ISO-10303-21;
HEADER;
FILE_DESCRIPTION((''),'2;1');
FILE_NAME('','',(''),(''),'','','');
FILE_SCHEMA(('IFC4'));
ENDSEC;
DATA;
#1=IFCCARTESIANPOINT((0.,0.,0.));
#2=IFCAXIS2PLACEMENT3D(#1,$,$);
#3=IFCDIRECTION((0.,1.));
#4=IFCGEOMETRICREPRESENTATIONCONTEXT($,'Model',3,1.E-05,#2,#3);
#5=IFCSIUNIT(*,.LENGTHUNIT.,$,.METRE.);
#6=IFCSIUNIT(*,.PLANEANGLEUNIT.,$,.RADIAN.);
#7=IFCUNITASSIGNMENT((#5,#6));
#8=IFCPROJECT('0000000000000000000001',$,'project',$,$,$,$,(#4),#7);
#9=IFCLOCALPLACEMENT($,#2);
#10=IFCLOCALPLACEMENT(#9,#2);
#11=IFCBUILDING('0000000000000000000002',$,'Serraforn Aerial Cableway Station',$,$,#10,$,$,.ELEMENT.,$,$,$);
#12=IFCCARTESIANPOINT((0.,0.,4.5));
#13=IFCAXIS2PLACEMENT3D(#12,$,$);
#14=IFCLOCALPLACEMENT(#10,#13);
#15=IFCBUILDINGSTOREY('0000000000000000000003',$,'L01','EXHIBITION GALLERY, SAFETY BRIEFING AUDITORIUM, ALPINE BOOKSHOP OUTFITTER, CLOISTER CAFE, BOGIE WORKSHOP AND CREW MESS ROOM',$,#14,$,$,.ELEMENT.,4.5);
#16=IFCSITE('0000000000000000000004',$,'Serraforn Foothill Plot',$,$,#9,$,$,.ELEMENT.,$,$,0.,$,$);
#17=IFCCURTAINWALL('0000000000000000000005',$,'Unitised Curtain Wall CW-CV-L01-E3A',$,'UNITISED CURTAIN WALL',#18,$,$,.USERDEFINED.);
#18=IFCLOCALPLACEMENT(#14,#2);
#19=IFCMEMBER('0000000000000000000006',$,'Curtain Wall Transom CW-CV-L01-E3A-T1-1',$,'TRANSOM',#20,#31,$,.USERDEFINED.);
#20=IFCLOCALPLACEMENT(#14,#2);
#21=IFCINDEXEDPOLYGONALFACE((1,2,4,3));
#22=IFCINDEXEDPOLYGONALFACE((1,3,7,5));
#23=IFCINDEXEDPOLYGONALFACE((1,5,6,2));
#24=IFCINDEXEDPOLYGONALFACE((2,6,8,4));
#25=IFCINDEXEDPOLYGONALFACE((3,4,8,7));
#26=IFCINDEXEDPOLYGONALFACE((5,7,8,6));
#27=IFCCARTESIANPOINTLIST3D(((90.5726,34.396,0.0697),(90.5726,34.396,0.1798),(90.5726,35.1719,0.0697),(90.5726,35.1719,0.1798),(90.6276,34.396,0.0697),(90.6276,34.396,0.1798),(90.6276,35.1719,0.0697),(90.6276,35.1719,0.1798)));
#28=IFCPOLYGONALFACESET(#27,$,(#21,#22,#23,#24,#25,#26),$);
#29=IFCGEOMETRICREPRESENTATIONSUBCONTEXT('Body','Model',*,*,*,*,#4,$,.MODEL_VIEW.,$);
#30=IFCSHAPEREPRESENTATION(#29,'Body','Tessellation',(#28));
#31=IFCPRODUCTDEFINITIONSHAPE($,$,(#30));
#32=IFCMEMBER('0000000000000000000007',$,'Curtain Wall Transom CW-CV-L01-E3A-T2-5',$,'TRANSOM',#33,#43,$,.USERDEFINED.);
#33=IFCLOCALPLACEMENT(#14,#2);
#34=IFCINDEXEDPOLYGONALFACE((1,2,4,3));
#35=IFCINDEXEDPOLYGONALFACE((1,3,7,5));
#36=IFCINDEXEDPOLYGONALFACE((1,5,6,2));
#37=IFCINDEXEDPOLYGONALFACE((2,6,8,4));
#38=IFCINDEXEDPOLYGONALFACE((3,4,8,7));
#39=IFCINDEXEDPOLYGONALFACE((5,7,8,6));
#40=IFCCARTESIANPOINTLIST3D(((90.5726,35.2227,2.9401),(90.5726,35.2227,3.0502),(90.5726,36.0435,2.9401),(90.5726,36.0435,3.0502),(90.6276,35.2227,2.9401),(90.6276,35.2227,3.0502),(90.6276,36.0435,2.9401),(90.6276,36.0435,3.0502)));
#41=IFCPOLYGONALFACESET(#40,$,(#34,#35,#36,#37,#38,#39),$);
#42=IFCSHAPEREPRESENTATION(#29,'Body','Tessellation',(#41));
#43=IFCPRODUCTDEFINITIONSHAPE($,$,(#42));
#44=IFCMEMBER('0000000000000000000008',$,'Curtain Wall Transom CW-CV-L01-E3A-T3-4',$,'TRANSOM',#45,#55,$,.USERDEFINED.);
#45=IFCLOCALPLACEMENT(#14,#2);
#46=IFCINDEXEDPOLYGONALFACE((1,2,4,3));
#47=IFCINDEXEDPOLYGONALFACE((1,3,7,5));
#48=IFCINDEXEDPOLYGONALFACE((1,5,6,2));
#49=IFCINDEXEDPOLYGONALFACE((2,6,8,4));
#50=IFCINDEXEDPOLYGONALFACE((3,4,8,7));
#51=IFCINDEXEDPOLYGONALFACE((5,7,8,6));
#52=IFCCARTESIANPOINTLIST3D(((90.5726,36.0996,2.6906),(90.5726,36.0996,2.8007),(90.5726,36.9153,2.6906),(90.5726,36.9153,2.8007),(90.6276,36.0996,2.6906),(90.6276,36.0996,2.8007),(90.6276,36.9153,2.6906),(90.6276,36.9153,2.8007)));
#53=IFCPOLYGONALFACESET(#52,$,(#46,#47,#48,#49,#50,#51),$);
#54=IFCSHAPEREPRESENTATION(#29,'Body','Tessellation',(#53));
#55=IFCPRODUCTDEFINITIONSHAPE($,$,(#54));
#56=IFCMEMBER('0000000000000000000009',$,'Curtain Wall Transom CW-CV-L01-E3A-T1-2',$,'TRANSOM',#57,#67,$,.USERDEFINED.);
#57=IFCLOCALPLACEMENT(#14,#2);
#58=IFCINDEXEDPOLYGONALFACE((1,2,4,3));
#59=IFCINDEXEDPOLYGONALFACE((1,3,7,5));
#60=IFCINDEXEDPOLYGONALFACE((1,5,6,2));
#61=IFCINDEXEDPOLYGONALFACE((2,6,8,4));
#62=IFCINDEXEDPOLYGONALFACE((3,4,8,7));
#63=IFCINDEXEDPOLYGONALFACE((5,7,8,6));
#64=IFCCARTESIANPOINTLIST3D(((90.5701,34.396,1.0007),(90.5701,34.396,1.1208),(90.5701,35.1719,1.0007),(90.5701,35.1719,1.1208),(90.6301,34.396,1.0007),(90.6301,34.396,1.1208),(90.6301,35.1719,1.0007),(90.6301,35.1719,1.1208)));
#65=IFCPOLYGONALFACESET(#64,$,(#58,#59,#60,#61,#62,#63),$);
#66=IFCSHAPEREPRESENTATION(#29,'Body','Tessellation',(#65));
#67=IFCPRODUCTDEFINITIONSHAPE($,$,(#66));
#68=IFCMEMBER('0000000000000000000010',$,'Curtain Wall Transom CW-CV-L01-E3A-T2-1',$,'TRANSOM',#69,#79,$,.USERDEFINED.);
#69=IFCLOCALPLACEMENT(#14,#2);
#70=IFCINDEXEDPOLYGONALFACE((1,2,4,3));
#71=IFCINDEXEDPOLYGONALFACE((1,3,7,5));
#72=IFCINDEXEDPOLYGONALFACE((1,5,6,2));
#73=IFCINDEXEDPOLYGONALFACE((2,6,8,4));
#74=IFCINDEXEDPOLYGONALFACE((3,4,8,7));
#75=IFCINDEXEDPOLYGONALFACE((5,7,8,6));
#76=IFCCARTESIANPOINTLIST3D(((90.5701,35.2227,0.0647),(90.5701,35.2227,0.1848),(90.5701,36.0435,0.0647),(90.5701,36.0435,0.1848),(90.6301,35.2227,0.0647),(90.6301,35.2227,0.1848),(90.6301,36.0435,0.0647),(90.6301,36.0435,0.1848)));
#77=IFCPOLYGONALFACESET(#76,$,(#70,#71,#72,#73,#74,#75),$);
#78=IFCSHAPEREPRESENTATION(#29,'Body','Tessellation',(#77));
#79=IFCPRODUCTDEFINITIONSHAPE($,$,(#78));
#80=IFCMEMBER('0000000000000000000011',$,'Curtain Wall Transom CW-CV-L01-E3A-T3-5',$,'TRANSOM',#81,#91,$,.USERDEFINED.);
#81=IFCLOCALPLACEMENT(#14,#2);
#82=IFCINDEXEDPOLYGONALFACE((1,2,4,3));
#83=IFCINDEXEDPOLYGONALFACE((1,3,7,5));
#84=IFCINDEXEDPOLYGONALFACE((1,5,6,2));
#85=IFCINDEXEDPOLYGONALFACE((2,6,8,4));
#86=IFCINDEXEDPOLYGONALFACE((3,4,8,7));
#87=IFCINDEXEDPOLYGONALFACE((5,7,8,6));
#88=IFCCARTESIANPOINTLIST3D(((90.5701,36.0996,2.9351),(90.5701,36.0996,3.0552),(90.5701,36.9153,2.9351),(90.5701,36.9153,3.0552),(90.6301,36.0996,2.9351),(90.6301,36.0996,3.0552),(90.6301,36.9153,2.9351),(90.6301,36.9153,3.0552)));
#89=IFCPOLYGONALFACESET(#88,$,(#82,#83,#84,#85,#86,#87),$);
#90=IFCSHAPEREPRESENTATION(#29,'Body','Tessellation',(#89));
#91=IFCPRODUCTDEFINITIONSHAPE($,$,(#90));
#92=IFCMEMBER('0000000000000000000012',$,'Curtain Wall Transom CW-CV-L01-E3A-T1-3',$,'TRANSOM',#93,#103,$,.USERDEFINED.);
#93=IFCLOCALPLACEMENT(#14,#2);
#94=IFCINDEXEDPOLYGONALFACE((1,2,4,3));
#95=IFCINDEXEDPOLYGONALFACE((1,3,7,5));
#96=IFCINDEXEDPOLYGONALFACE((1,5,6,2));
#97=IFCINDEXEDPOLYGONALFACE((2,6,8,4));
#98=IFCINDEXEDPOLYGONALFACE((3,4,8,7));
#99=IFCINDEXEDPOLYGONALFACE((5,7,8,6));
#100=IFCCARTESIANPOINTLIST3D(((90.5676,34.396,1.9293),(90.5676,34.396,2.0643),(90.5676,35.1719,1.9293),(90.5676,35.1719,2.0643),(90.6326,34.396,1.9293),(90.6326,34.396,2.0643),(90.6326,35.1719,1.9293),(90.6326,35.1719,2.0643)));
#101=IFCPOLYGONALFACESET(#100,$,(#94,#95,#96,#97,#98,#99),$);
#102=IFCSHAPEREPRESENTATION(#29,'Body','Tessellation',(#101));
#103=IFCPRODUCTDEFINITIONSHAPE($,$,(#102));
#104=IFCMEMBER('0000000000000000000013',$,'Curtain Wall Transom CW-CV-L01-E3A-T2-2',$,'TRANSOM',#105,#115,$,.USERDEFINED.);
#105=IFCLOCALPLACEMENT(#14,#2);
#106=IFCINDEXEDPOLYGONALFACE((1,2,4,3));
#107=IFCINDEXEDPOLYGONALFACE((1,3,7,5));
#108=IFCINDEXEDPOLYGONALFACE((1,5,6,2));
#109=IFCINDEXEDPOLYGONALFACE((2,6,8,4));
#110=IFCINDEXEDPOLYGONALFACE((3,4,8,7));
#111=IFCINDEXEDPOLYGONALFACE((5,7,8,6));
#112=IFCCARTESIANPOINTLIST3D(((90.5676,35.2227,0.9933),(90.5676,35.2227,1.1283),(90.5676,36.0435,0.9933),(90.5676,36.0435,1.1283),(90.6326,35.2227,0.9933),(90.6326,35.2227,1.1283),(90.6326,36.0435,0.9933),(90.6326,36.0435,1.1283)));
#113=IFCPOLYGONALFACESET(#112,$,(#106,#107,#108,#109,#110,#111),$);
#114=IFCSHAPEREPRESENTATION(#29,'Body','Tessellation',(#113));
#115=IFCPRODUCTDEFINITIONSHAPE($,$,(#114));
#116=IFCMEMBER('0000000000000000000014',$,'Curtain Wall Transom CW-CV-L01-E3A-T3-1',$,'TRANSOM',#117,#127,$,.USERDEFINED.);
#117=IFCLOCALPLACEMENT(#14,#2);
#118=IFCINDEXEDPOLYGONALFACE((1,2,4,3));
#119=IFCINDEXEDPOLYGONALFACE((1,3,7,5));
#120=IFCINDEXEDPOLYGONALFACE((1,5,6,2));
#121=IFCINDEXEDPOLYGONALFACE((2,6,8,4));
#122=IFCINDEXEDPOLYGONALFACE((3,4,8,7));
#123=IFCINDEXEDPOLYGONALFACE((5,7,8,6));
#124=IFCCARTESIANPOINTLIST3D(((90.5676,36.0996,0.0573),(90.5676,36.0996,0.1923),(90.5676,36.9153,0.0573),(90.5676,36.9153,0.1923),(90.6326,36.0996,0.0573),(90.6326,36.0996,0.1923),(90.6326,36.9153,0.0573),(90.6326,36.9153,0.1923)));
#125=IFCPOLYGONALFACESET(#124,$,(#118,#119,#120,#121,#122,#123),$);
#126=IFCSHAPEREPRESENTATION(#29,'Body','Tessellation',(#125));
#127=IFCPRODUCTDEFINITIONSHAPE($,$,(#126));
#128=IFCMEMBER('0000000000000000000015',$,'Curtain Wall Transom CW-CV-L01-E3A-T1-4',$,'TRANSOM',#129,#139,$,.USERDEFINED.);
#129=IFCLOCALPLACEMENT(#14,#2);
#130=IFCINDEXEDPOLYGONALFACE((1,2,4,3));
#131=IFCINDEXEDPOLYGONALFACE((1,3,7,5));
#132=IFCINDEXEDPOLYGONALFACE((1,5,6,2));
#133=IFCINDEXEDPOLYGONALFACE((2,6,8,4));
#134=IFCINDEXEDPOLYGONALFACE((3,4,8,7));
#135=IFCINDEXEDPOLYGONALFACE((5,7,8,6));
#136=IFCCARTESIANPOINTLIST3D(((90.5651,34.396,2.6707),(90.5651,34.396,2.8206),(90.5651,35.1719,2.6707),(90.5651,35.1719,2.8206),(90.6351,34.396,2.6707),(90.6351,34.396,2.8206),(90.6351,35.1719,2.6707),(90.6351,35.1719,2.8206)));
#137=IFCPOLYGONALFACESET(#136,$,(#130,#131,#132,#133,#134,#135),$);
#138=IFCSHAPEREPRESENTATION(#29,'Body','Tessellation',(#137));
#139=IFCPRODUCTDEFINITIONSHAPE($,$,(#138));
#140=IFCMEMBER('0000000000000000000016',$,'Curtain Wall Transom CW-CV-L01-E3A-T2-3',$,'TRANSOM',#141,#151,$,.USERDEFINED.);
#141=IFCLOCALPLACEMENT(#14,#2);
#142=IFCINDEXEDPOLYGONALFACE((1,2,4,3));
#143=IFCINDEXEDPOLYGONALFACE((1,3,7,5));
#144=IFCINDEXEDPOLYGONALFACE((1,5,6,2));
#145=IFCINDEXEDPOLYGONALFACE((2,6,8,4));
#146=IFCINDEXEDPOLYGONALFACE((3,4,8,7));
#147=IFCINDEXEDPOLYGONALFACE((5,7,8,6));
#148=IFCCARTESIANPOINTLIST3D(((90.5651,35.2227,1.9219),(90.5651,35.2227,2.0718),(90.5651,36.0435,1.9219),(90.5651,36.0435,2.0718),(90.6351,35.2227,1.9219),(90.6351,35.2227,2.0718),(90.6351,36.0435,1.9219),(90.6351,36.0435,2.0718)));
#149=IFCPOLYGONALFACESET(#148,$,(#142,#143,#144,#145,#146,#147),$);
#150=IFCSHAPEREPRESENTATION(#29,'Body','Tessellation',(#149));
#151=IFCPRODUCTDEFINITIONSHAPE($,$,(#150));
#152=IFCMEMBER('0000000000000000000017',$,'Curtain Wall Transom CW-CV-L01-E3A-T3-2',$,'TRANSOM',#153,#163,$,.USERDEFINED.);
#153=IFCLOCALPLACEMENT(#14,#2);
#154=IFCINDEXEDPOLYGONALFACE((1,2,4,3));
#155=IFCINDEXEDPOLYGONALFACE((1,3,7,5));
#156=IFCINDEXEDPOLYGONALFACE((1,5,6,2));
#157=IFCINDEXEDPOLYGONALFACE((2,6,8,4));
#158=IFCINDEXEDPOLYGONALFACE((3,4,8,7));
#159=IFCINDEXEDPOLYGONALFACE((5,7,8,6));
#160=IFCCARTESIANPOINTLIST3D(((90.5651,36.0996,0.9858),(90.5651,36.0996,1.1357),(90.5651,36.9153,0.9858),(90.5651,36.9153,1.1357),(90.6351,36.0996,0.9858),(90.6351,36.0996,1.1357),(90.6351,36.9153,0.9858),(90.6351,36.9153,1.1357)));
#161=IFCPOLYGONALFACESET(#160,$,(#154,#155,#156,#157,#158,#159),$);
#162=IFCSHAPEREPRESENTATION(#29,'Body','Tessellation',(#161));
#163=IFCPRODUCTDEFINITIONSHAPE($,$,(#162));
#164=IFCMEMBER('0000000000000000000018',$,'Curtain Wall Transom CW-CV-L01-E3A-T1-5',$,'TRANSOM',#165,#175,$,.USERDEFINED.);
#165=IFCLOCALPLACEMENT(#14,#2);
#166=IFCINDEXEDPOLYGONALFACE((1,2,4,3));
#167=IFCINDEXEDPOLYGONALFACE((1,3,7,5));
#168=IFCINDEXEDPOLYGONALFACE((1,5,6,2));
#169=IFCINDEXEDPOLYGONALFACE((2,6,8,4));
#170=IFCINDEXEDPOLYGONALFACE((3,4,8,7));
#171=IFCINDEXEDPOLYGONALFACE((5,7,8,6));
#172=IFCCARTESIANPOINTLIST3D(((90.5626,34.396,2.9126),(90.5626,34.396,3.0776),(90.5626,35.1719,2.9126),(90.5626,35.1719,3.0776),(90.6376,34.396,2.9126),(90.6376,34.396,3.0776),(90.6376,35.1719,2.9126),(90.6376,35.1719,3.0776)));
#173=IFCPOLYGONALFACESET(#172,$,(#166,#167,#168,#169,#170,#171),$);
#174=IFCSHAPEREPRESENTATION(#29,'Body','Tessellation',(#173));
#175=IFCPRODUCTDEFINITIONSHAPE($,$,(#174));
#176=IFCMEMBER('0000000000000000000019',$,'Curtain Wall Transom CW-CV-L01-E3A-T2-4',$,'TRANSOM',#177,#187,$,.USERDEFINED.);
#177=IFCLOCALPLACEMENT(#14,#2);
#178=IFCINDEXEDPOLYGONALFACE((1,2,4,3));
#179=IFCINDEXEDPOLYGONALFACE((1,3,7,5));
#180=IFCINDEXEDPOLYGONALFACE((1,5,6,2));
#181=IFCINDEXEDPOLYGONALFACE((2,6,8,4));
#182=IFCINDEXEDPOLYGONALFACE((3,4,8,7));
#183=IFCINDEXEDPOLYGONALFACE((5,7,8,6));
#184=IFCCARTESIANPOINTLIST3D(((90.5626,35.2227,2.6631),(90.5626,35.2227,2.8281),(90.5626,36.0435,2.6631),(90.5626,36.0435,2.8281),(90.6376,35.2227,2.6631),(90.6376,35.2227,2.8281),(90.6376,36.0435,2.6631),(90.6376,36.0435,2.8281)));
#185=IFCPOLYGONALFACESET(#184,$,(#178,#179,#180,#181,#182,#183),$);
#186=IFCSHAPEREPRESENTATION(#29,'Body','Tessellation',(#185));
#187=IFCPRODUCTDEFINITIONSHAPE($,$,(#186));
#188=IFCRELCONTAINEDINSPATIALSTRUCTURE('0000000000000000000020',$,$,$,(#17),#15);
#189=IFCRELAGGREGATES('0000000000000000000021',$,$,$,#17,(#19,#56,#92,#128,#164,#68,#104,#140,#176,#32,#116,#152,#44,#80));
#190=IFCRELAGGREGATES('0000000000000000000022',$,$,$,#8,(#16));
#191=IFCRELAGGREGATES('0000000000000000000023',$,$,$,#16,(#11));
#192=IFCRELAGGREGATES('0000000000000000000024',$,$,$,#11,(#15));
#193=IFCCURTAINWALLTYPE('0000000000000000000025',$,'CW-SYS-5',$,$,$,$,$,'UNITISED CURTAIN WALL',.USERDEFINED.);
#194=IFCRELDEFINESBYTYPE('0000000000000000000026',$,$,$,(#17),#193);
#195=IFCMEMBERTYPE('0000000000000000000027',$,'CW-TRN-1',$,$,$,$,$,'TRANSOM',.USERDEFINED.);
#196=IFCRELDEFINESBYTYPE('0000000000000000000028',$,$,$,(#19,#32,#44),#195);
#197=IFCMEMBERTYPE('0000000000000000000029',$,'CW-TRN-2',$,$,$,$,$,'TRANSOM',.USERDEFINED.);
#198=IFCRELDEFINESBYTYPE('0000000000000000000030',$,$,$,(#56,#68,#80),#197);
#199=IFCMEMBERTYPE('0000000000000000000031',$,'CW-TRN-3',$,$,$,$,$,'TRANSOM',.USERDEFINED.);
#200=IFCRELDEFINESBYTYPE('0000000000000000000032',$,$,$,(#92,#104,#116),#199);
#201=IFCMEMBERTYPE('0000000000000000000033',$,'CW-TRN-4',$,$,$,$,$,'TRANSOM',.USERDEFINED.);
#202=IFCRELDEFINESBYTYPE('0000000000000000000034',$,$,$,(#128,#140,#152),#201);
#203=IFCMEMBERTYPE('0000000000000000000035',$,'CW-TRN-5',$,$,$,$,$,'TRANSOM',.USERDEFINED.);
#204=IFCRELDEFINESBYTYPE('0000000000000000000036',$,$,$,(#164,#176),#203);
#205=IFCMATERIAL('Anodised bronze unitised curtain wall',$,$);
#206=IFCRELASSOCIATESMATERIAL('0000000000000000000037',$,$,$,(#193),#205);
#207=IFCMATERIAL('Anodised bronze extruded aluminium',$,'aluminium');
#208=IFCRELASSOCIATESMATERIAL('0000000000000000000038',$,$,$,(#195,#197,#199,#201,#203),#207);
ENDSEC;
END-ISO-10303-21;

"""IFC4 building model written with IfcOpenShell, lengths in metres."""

from ifc_helpers import new_model, si_unit, direction, frame, origin, origin_2d, place, context, subcontext, project, spatial, rectangle, extrude, material, material_profile, profile_set, type_object, element, aggregate, save


model = new_model("IFC4")

# Units and contexts
model_context = context("Model", 3, precision=1e-05, world=origin(), true_north=direction((0.0, 1.0)))
body_context = subcontext(model_context, "Body", "Model", "MODEL_VIEW")
ifc_project = project(units=[si_unit("LENGTHUNIT", "METRE"), si_unit("PLANEANGLEUNIT", "RADIAN")], contexts=[model_context])

# Site, building, storey
site_placement = place(None, origin())
site = spatial("IfcSite", under=ifc_project, at=site_placement, Name="Serraforn Foothill Plot", CompositionType="ELEMENT", RefElevation=0.0)
building_placement = place(site_placement, origin())
building = spatial("IfcBuilding", under=site, at=building_placement, Name="Serraforn Aerial Cableway Station", CompositionType="ELEMENT")
storey_placement = place(building_placement, frame((0.0, 0.0, 4.5)))
storey = spatial("IfcBuildingStorey", under=building, at=storey_placement, Name="L01", Description="EXHIBITION GALLERY, SAFETY BRIEFING AUDITORIUM, ALPINE BOOKSHOP OUTFITTER, CLOISTER CAFE, BOGIE WORKSHOP AND CREW MESS ROOM", CompositionType="ELEMENT", Elevation=4.5)

# Curtain wall, members
ifc_material_1 = material(Name="Anodised bronze unitised curtain wall")
curtain_wall_type = type_object("IfcCurtainWallType", Name="CW-SYS-5", ElementType="UNITISED CURTAIN WALL", PredefinedType="USERDEFINED", material=ifc_material_1)
curtain_wall_placement = place(storey_placement, origin())
curtain_wall = element("IfcCurtainWall", 1, at=curtain_wall_placement, inside=storey, type_object=curtain_wall_type, Name="Unitised Curtain Wall CW-CV-L01-E3A", ObjectType="UNITISED CURTAIN WALL", PredefinedType="USERDEFINED")
ifc_material_2 = material(Name="Anodised bronze extruded aluminium", Category="aluminium")
ifc_material_profile_1 = material_profile(ifc_material_2, rectangle(XDim=0.0549, YDim=0.1101, at=origin_2d()), Name="CW TRANSOM 55x110")
ifc_profile_set_1 = profile_set([ifc_material_profile_1], Name="Anodised bronze extruded aluminium")
member_type_1 = type_object("IfcMemberType", Name="CW-TRN-1", ElementType="TRANSOM", PredefinedType="USERDEFINED", material=ifc_profile_set_1)
member_1_placement = place(storey_placement, frame((90.6001, 34.396, 0.1248), z_axis=(0.0, 1.0, 0.0), x_axis=(-1.0, 0.0, 0.0)))
member_1 = element("IfcMember", 2, at=member_1_placement, type_object=member_type_1, Name="Curtain Wall Transom CW-CV-L01-E3A-T1-1", ObjectType="TRANSOM", PredefinedType="USERDEFINED", context=body_context, shape_type="SweptSolid", body=[
    extrude(rectangle(XDim=0.0549, YDim=0.1101, at=origin_2d()), origin(), (0.0, 0.0, 1.0), 0.7759),
])
member_2_placement = place(storey_placement, frame((90.6001, 35.2227, 2.9951), z_axis=(0.0, 1.0, 0.0), x_axis=(-1.0, 0.0, 0.0)))
member_2 = element("IfcMember", 3, at=member_2_placement, type_object=member_type_1, Name="Curtain Wall Transom CW-CV-L01-E3A-T2-5", ObjectType="TRANSOM", PredefinedType="USERDEFINED", context=body_context, shape_type="SweptSolid", body=[
    extrude(rectangle(XDim=0.0549, YDim=0.1101, at=origin_2d()), origin(), (0.0, 0.0, 1.0), 0.8208),
])
member_3_placement = place(storey_placement, frame((90.6001, 36.0996, 2.7456), z_axis=(0.0, 1.0, 0.0), x_axis=(-1.0, 0.0, 0.0)))
member_3 = element("IfcMember", 4, at=member_3_placement, type_object=member_type_1, Name="Curtain Wall Transom CW-CV-L01-E3A-T3-4", ObjectType="TRANSOM", PredefinedType="USERDEFINED", context=body_context, shape_type="SweptSolid", body=[
    extrude(rectangle(XDim=0.0549, YDim=0.1101, at=origin_2d()), origin(), (0.0, 0.0, 1.0), 0.8157),
])
ifc_material_profile_2 = material_profile(ifc_material_2, rectangle(XDim=0.0601, YDim=0.1201, at=origin_2d()), Name="CW TRANSOM 60x120")
ifc_profile_set_2 = profile_set([ifc_material_profile_2], Name="Anodised bronze extruded aluminium")
member_type_2 = type_object("IfcMemberType", Name="CW-TRN-2", ElementType="TRANSOM", PredefinedType="USERDEFINED", material=ifc_profile_set_2)
member_4_placement = place(storey_placement, frame((90.6001, 34.396, 1.0608), z_axis=(0.0, 1.0, 0.0), x_axis=(-1.0, 0.0, 0.0)))
member_4 = element("IfcMember", 5, at=member_4_placement, type_object=member_type_2, Name="Curtain Wall Transom CW-CV-L01-E3A-T1-2", ObjectType="TRANSOM", PredefinedType="USERDEFINED", context=body_context, shape_type="SweptSolid", body=[
    extrude(rectangle(XDim=0.0601, YDim=0.1201, at=origin_2d()), origin(), (0.0, 0.0, 1.0), 0.7759),
])
member_5_placement = place(storey_placement, frame((90.6001, 35.2227, 0.1248), z_axis=(0.0, 1.0, 0.0), x_axis=(-1.0, 0.0, 0.0)))
member_5 = element("IfcMember", 6, at=member_5_placement, type_object=member_type_2, Name="Curtain Wall Transom CW-CV-L01-E3A-T2-1", ObjectType="TRANSOM", PredefinedType="USERDEFINED", context=body_context, shape_type="SweptSolid", body=[
    extrude(rectangle(XDim=0.0601, YDim=0.1201, at=origin_2d()), origin(), (0.0, 0.0, 1.0), 0.8208),
])
member_6_placement = place(storey_placement, frame((90.6001, 36.0996, 2.9951), z_axis=(0.0, 1.0, 0.0), x_axis=(-1.0, 0.0, 0.0)))
member_6 = element("IfcMember", 7, at=member_6_placement, type_object=member_type_2, Name="Curtain Wall Transom CW-CV-L01-E3A-T3-5", ObjectType="TRANSOM", PredefinedType="USERDEFINED", context=body_context, shape_type="SweptSolid", body=[
    extrude(rectangle(XDim=0.0601, YDim=0.1201, at=origin_2d()), origin(), (0.0, 0.0, 1.0), 0.8157),
])
ifc_material_profile_3 = material_profile(ifc_material_2, rectangle(XDim=0.0649, YDim=0.135, at=origin_2d()), Name="CW TRANSOM 65x135")
ifc_profile_set_3 = profile_set([ifc_material_profile_3], Name="Anodised bronze extruded aluminium")
member_type_3 = type_object("IfcMemberType", Name="CW-TRN-3", ElementType="TRANSOM", PredefinedType="USERDEFINED", material=ifc_profile_set_3)
member_7_placement = place(storey_placement, frame((90.6001, 34.396, 1.9968), z_axis=(0.0, 1.0, 0.0), x_axis=(-1.0, 0.0, 0.0)))
member_7 = element("IfcMember", 8, at=member_7_placement, type_object=member_type_3, Name="Curtain Wall Transom CW-CV-L01-E3A-T1-3", ObjectType="TRANSOM", PredefinedType="USERDEFINED", context=body_context, shape_type="SweptSolid", body=[
    extrude(rectangle(XDim=0.0649, YDim=0.135, at=origin_2d()), origin(), (0.0, 0.0, 1.0), 0.7759),
])
member_8_placement = place(storey_placement, frame((90.6001, 35.2227, 1.0608), z_axis=(0.0, 1.0, 0.0), x_axis=(-1.0, 0.0, 0.0)))
member_8 = element("IfcMember", 9, at=member_8_placement, type_object=member_type_3, Name="Curtain Wall Transom CW-CV-L01-E3A-T2-2", ObjectType="TRANSOM", PredefinedType="USERDEFINED", context=body_context, shape_type="SweptSolid", body=[
    extrude(rectangle(XDim=0.0649, YDim=0.135, at=origin_2d()), origin(), (0.0, 0.0, 1.0), 0.8208),
])
member_9_placement = place(storey_placement, frame((90.6001, 36.0996, 0.1248), z_axis=(0.0, 1.0, 0.0), x_axis=(-1.0, 0.0, 0.0)))
member_9 = element("IfcMember", 10, at=member_9_placement, type_object=member_type_3, Name="Curtain Wall Transom CW-CV-L01-E3A-T3-1", ObjectType="TRANSOM", PredefinedType="USERDEFINED", context=body_context, shape_type="SweptSolid", body=[
    extrude(rectangle(XDim=0.0649, YDim=0.135, at=origin_2d()), origin(), (0.0, 0.0, 1.0), 0.8157),
])
ifc_material_profile_4 = material_profile(ifc_material_2, rectangle(XDim=0.0701, YDim=0.1499, at=origin_2d()), Name="CW TRANSOM 70x150")
ifc_profile_set_4 = profile_set([ifc_material_profile_4], Name="Anodised bronze extruded aluminium")
member_type_4 = type_object("IfcMemberType", Name="CW-TRN-4", ElementType="TRANSOM", PredefinedType="USERDEFINED", material=ifc_profile_set_4)
member_10_placement = place(storey_placement, frame((90.6001, 34.396, 2.7456), z_axis=(0.0, 1.0, 0.0), x_axis=(-1.0, 0.0, 0.0)))
member_10 = element("IfcMember", 11, at=member_10_placement, type_object=member_type_4, Name="Curtain Wall Transom CW-CV-L01-E3A-T1-4", ObjectType="TRANSOM", PredefinedType="USERDEFINED", context=body_context, shape_type="SweptSolid", body=[
    extrude(rectangle(XDim=0.0701, YDim=0.1499, at=origin_2d()), origin(), (0.0, 0.0, 1.0), 0.7759),
])
member_11_placement = place(storey_placement, frame((90.6001, 35.2227, 1.9968), z_axis=(0.0, 1.0, 0.0), x_axis=(-1.0, 0.0, 0.0)))
member_11 = element("IfcMember", 12, at=member_11_placement, type_object=member_type_4, Name="Curtain Wall Transom CW-CV-L01-E3A-T2-3", ObjectType="TRANSOM", PredefinedType="USERDEFINED", context=body_context, shape_type="SweptSolid", body=[
    extrude(rectangle(XDim=0.0701, YDim=0.1499, at=origin_2d()), origin(), (0.0, 0.0, 1.0), 0.8208),
])
member_12_placement = place(storey_placement, frame((90.6001, 36.0996, 1.0608), z_axis=(0.0, 1.0, 0.0), x_axis=(-1.0, 0.0, 0.0)))
member_12 = element("IfcMember", 13, at=member_12_placement, type_object=member_type_4, Name="Curtain Wall Transom CW-CV-L01-E3A-T3-2", ObjectType="TRANSOM", PredefinedType="USERDEFINED", context=body_context, shape_type="SweptSolid", body=[
    extrude(rectangle(XDim=0.0701, YDim=0.1499, at=origin_2d()), origin(), (0.0, 0.0, 1.0), 0.8157),
])
ifc_material_profile_5 = material_profile(ifc_material_2, rectangle(XDim=0.075, YDim=0.165, at=origin_2d()), Name="CW TRANSOM 75x165")
ifc_profile_set_5 = profile_set([ifc_material_profile_5], Name="Anodised bronze extruded aluminium")
member_type_5 = type_object("IfcMemberType", Name="CW-TRN-5", ElementType="TRANSOM", PredefinedType="USERDEFINED", material=ifc_profile_set_5)
member_13_placement = place(storey_placement, frame((90.6001, 34.396, 2.9951), z_axis=(0.0, 1.0, 0.0), x_axis=(-1.0, 0.0, 0.0)))
member_13 = element("IfcMember", 14, at=member_13_placement, type_object=member_type_5, Name="Curtain Wall Transom CW-CV-L01-E3A-T1-5", ObjectType="TRANSOM", PredefinedType="USERDEFINED", context=body_context, shape_type="SweptSolid", body=[
    extrude(rectangle(XDim=0.075, YDim=0.165, at=origin_2d()), origin(), (0.0, 0.0, 1.0), 0.7759),
])
member_14_placement = place(storey_placement, frame((90.6001, 35.2227, 2.7456), z_axis=(0.0, 1.0, 0.0), x_axis=(-1.0, 0.0, 0.0)))
member_14 = element("IfcMember", 15, at=member_14_placement, type_object=member_type_5, Name="Curtain Wall Transom CW-CV-L01-E3A-T2-4", ObjectType="TRANSOM", PredefinedType="USERDEFINED", context=body_context, shape_type="SweptSolid", body=[
    extrude(rectangle(XDim=0.075, YDim=0.165, at=origin_2d()), origin(), (0.0, 0.0, 1.0), 0.8208),
])
aggregate(curtain_wall, [member_1, member_4, member_7, member_10, member_13, member_5, member_8, member_11, member_14, member_2, member_9, member_12, member_3, member_6])

save(model, "model.ifc")
